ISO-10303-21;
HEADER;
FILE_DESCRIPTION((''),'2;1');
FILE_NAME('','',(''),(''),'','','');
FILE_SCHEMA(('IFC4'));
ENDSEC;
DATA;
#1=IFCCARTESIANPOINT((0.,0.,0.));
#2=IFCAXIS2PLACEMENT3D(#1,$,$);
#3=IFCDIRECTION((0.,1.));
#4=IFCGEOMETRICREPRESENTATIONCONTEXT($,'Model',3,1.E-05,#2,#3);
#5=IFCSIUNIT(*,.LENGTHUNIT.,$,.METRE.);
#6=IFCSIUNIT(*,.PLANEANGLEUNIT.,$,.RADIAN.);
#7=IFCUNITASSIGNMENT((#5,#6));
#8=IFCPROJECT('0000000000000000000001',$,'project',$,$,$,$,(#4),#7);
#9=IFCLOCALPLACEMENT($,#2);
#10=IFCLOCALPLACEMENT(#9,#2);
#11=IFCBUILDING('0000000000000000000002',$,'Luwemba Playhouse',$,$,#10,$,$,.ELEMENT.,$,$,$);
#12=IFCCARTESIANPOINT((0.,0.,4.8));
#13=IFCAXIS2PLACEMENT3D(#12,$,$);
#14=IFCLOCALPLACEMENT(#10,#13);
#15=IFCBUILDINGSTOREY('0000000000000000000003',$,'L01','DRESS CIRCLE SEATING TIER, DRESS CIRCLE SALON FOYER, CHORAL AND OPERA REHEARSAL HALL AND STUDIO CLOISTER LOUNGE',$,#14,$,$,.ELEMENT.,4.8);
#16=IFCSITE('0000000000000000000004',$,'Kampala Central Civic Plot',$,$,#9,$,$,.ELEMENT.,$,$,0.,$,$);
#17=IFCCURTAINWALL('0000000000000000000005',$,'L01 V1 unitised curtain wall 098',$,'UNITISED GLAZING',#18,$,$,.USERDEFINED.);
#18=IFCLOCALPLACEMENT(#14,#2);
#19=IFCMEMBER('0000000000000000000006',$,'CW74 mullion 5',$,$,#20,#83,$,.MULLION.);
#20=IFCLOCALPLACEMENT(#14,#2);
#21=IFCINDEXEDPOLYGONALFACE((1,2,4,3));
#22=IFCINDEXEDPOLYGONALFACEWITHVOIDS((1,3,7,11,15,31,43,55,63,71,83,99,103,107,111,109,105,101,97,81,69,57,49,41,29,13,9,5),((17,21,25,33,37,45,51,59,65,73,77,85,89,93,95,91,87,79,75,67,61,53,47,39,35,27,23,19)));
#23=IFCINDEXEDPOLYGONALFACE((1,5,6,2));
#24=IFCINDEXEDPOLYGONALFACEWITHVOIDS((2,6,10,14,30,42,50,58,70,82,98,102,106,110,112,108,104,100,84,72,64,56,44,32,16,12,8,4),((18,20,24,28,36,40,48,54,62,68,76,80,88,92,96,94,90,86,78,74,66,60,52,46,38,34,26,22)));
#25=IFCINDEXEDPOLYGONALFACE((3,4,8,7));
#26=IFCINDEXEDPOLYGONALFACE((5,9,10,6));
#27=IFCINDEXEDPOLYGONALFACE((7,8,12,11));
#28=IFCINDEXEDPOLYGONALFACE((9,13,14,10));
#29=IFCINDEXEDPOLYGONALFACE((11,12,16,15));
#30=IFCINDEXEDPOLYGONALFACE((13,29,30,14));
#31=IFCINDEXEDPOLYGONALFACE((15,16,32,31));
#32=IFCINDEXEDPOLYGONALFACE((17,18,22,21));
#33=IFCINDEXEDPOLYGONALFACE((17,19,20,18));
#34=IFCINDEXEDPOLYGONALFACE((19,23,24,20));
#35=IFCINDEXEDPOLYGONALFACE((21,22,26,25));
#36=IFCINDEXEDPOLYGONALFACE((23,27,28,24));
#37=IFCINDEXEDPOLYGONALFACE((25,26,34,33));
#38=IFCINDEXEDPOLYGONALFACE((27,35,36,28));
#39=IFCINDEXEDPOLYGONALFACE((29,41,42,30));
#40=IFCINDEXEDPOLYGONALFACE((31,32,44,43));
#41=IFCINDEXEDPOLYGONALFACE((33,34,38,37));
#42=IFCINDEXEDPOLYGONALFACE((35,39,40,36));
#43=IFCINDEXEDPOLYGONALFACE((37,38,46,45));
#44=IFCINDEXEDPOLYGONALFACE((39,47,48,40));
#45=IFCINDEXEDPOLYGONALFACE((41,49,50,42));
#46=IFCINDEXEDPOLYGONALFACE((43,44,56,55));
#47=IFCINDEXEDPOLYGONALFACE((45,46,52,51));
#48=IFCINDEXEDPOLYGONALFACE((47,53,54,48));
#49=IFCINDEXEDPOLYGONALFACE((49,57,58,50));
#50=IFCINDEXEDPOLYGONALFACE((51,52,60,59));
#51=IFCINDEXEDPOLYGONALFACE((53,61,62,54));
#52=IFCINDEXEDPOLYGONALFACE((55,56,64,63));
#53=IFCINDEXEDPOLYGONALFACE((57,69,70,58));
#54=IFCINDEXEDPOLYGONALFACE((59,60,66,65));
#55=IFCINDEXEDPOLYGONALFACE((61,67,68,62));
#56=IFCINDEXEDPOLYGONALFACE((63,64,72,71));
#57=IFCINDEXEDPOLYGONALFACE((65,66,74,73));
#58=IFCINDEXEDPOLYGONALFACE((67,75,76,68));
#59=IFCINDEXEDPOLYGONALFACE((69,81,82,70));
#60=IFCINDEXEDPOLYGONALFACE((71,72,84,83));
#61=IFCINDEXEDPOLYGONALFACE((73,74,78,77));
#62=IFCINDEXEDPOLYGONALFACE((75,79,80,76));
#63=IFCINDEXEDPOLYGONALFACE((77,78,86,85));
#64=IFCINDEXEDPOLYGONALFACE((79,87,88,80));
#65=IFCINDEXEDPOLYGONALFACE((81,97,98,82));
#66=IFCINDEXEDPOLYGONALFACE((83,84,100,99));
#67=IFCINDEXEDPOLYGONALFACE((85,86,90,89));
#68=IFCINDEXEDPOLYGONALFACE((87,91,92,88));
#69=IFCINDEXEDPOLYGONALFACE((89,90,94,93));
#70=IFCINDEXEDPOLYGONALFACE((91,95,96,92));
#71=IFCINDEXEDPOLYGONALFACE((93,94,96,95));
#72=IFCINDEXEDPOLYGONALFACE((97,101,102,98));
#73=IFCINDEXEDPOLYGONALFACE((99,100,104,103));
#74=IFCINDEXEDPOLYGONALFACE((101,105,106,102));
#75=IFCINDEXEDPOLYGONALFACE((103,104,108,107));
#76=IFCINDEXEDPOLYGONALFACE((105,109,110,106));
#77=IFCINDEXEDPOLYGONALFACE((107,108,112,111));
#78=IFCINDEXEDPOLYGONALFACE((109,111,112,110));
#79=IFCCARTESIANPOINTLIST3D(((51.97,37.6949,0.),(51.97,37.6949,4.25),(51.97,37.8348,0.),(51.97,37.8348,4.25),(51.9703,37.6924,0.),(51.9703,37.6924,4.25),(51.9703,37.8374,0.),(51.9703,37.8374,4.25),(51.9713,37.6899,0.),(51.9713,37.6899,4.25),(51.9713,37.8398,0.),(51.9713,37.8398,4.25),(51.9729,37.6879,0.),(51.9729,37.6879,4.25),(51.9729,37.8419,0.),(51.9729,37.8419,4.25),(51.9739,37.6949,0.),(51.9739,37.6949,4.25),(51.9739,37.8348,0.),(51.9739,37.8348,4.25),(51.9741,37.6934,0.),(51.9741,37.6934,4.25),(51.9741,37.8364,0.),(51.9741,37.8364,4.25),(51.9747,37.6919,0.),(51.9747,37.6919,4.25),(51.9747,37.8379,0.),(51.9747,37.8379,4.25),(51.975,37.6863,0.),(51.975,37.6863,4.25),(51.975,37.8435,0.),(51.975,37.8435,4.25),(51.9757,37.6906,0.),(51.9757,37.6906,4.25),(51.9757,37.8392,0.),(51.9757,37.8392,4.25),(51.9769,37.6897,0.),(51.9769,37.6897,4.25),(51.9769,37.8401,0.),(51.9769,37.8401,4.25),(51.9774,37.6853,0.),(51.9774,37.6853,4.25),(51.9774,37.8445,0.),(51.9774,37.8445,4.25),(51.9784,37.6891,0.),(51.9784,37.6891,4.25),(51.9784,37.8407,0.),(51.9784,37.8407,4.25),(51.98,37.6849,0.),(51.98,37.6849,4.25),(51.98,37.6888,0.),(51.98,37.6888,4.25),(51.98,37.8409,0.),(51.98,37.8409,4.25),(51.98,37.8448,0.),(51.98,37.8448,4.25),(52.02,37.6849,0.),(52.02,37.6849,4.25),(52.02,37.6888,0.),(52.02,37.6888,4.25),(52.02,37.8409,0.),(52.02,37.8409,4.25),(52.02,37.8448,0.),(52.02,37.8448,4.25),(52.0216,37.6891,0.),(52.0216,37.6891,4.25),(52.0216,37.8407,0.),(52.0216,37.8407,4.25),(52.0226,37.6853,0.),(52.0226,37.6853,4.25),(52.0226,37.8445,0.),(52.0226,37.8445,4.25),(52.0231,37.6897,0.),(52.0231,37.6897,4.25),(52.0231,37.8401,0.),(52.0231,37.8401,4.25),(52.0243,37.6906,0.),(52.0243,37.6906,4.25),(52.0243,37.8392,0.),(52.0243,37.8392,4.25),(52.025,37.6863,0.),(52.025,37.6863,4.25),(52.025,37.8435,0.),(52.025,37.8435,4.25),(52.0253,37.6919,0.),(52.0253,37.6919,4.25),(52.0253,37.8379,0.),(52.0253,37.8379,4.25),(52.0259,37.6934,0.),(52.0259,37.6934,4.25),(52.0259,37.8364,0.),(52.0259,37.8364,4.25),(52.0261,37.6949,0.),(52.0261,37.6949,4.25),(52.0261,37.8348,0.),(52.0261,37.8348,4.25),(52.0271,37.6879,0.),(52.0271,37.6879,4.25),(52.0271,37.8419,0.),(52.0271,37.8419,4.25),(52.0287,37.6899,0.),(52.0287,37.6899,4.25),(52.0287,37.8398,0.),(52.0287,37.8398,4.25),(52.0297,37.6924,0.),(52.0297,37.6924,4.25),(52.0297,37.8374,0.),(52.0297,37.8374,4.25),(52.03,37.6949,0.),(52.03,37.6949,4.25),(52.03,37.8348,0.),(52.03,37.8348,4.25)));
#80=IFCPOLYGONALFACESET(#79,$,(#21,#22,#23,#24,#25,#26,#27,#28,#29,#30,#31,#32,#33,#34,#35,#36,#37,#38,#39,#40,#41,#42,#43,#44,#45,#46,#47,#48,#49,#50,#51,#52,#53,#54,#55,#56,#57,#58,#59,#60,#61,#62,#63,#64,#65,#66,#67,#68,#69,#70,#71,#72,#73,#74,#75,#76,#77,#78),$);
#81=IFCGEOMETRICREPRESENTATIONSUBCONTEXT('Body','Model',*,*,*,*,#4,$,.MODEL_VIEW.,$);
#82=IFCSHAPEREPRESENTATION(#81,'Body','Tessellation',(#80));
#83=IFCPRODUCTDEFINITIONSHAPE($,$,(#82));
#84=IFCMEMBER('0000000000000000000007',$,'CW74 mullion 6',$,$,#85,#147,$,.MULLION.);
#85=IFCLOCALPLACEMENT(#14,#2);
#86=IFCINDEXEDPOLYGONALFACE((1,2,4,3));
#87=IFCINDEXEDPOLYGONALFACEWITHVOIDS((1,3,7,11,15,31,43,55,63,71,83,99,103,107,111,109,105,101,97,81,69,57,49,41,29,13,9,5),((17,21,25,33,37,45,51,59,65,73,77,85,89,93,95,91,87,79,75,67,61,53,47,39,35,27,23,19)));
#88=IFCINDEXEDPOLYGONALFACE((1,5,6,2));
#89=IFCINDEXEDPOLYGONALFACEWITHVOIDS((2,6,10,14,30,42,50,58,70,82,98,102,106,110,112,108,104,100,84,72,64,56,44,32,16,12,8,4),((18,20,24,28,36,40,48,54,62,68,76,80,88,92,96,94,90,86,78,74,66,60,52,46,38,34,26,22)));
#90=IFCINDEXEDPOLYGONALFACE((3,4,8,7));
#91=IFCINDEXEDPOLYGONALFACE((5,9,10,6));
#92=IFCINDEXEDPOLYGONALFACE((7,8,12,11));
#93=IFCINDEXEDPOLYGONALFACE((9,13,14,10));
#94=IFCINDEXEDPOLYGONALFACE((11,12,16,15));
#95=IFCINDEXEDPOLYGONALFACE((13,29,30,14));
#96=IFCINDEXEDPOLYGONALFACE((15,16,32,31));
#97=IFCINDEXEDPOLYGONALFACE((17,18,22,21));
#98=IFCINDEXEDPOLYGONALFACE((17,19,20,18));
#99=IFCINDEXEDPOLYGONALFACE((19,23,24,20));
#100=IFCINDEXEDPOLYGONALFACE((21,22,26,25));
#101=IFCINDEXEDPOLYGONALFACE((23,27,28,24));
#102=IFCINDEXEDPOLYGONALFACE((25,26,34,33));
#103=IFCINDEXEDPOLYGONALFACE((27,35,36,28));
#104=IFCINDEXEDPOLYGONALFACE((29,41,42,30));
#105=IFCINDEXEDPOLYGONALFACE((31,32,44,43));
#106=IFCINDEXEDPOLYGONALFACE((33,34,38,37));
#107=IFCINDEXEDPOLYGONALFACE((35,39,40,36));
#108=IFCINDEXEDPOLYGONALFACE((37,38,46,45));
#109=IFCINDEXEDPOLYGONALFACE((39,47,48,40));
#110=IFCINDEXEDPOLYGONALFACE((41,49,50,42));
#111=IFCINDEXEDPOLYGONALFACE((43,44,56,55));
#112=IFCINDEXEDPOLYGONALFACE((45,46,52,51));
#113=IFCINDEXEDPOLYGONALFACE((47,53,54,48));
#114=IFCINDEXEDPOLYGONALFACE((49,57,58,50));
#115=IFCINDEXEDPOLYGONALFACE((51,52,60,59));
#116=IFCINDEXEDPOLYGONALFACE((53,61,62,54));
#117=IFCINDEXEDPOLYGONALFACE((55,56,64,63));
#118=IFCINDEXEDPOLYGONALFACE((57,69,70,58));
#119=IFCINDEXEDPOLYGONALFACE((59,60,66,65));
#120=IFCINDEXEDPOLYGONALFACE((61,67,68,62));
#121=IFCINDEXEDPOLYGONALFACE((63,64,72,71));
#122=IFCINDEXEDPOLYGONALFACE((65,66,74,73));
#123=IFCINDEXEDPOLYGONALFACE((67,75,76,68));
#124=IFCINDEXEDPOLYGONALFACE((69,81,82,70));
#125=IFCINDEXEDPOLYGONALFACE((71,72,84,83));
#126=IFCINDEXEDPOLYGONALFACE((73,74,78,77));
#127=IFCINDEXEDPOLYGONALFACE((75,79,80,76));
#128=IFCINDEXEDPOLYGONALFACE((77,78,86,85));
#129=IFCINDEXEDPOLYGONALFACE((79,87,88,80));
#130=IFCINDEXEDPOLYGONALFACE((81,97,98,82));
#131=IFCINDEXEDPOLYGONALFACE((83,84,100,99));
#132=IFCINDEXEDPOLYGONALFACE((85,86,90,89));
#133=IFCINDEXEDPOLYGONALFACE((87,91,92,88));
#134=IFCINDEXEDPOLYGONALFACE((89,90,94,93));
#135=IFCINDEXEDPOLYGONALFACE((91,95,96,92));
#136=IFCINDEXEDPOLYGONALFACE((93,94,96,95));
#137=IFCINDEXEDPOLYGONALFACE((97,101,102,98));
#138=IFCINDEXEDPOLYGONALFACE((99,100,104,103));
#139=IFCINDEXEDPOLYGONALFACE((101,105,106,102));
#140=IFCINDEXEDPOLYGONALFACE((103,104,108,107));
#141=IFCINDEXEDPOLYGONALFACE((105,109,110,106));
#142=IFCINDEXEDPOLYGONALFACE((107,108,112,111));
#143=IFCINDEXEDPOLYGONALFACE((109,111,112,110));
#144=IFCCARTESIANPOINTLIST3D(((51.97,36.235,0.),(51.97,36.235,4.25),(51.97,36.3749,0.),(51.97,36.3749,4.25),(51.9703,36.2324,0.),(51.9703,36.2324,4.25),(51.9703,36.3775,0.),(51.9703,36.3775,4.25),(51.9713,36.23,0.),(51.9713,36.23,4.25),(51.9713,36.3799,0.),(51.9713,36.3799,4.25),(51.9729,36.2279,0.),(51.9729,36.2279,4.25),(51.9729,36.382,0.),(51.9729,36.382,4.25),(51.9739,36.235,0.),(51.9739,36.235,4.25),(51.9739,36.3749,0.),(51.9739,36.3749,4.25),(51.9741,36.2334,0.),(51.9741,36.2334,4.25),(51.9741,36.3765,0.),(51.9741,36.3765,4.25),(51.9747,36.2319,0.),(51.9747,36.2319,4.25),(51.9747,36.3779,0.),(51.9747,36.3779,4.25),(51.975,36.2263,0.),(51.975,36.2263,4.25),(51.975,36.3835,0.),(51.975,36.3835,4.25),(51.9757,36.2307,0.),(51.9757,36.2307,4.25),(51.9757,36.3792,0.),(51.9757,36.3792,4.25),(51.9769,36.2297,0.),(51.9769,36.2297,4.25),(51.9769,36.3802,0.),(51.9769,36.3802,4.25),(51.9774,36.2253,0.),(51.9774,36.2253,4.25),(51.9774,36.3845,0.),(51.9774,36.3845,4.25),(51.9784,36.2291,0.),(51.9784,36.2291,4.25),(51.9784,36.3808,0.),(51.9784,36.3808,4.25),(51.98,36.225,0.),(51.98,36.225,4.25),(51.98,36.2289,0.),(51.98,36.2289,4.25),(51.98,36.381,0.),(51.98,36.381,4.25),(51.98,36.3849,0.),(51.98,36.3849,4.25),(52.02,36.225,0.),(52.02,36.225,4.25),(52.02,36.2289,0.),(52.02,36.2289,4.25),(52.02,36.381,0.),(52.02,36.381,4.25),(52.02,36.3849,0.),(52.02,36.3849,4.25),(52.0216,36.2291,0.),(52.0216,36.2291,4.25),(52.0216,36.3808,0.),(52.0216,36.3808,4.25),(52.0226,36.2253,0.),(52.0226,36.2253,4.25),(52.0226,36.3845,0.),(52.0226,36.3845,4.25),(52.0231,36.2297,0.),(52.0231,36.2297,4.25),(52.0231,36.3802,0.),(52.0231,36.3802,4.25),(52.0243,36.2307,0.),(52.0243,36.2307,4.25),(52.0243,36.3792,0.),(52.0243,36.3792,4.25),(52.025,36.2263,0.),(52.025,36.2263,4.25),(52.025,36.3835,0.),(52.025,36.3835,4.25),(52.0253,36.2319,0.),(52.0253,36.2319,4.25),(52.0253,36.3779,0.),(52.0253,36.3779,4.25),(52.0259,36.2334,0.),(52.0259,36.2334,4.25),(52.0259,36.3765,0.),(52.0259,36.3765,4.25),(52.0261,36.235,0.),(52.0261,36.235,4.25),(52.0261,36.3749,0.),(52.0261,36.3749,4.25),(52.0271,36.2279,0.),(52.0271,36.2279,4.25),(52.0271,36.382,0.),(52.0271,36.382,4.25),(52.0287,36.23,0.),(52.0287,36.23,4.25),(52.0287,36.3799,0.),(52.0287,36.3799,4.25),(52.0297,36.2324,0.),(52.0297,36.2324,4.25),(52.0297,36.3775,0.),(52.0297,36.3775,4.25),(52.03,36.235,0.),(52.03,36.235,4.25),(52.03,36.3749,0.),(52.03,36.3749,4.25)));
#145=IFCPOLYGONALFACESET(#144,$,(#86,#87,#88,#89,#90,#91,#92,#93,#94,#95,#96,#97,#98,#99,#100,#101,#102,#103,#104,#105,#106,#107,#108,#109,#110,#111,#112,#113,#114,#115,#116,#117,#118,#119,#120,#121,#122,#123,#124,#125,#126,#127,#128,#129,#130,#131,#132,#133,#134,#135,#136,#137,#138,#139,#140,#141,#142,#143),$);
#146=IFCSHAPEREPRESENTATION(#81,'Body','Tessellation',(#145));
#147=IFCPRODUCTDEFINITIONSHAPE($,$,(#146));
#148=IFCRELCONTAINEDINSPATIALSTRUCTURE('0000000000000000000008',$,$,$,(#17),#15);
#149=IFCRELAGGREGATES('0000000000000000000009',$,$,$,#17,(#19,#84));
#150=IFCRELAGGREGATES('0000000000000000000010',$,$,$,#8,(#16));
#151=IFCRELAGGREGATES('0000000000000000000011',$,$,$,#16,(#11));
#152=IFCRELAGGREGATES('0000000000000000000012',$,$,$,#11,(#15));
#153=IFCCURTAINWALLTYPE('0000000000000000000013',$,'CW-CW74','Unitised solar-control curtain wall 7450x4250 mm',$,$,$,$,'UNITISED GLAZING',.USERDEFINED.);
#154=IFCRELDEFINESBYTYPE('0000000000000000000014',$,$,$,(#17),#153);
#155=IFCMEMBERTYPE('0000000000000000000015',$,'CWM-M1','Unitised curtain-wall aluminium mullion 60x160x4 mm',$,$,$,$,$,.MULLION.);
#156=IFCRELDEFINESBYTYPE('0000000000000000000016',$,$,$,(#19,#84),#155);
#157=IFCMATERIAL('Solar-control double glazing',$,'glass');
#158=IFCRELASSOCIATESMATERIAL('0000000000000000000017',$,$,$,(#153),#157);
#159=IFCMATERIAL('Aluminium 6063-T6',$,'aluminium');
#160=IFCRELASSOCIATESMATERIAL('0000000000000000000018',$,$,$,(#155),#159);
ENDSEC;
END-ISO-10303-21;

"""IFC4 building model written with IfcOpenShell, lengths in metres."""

from ifc_helpers import new_model, si_unit, direction, frame, origin, origin_2d, place, context, subcontext, project, spatial, hollow_rectangle, extrude, material, material_profile, profile_set, type_object, element, aggregate, save


model = new_model("IFC4")

# Units and contexts
model_context = context("Model", 3, precision=1e-05, world=origin(), true_north=direction((0.0, 1.0)))
body_context = subcontext(model_context, "Body", "Model", "MODEL_VIEW")
ifc_project = project(units=[si_unit("LENGTHUNIT", "METRE"), si_unit("PLANEANGLEUNIT", "RADIAN")], contexts=[model_context])

# Site, building, storey
site_placement = place(None, origin())
site = spatial("IfcSite", under=ifc_project, at=site_placement, Name="Kampala Central Civic Plot", CompositionType="ELEMENT", RefElevation=0.0)
building_placement = place(site_placement, origin())
building = spatial("IfcBuilding", under=site, at=building_placement, Name="Luwemba Playhouse", CompositionType="ELEMENT")
storey_placement = place(building_placement, frame((0.0, 0.0, 4.8)))
storey = spatial("IfcBuildingStorey", under=building, at=storey_placement, Name="L01", Description="DRESS CIRCLE SEATING TIER, DRESS CIRCLE SALON FOYER, CHORAL AND OPERA REHEARSAL HALL AND STUDIO CLOISTER LOUNGE", CompositionType="ELEMENT", Elevation=4.8)

# Curtain wall, members
ifc_material_1 = material(Name="Solar-control double glazing", Category="glass")
curtain_wall_type_1 = type_object("IfcCurtainWallType", Name="CW-CW74", Description="Unitised solar-control curtain wall 7450x4250 mm", ElementType="UNITISED GLAZING", PredefinedType="USERDEFINED", material=ifc_material_1)
curtain_wall_1_placement = place(storey_placement, origin())
curtain_wall_1 = element("IfcCurtainWall", 1, at=curtain_wall_1_placement, inside=storey, type_object=curtain_wall_type_1, Name="L01 V1 unitised curtain wall 098", ObjectType="UNITISED GLAZING", PredefinedType="USERDEFINED")
ifc_material_2 = material(Name="Aluminium 6063-T6", Category="aluminium")
ifc_material_profile_1 = material_profile(ifc_material_2, hollow_rectangle(XDim=0.0601, YDim=0.1599, WallThickness=0.0039, InnerFilletRadius=0.0061, OuterFilletRadius=0.01, at=origin_2d()))
ifc_profile_set_1 = profile_set([ifc_material_profile_1], Name="Aluminium 6063-T6")
member_type_1 = type_object("IfcMemberType", Name="CWM-M1", Description="Unitised curtain-wall aluminium mullion 60x160x4 mm", PredefinedType="MULLION", material=ifc_profile_set_1)
member_1_placement = place(storey_placement, frame((52.0, 37.7649, 0.0), z_axis=(0.0, 0.0, 1.0), x_axis=(1.0, 0.0, 0.0)))
member_1 = element("IfcMember", 2, at=member_1_placement, type_object=member_type_1, Name="CW74 mullion 5", PredefinedType="MULLION", context=body_context, shape_type="SweptSolid", body=[
    extrude(hollow_rectangle(XDim=0.0601, YDim=0.1599, WallThickness=0.0039, InnerFilletRadius=0.0061, OuterFilletRadius=0.01, at=origin_2d()), origin(), (0.0, 0.0, 1.0), 4.25),
])
member_2_placement = place(storey_placement, frame((52.0, 36.3049, 0.0), z_axis=(0.0, 0.0, 1.0), x_axis=(1.0, 0.0, 0.0)))
member_2 = element("IfcMember", 3, at=member_2_placement, type_object=member_type_1, Name="CW74 mullion 6", PredefinedType="MULLION", context=body_context, shape_type="SweptSolid", body=[
    extrude(hollow_rectangle(XDim=0.0601, YDim=0.1599, WallThickness=0.0039, InnerFilletRadius=0.0061, OuterFilletRadius=0.01, at=origin_2d()), origin(), (0.0, 0.0, 1.0), 4.25),
])

aggregate(curtain_wall_1, [member_1, member_2])

save(model, "model.ifc")
